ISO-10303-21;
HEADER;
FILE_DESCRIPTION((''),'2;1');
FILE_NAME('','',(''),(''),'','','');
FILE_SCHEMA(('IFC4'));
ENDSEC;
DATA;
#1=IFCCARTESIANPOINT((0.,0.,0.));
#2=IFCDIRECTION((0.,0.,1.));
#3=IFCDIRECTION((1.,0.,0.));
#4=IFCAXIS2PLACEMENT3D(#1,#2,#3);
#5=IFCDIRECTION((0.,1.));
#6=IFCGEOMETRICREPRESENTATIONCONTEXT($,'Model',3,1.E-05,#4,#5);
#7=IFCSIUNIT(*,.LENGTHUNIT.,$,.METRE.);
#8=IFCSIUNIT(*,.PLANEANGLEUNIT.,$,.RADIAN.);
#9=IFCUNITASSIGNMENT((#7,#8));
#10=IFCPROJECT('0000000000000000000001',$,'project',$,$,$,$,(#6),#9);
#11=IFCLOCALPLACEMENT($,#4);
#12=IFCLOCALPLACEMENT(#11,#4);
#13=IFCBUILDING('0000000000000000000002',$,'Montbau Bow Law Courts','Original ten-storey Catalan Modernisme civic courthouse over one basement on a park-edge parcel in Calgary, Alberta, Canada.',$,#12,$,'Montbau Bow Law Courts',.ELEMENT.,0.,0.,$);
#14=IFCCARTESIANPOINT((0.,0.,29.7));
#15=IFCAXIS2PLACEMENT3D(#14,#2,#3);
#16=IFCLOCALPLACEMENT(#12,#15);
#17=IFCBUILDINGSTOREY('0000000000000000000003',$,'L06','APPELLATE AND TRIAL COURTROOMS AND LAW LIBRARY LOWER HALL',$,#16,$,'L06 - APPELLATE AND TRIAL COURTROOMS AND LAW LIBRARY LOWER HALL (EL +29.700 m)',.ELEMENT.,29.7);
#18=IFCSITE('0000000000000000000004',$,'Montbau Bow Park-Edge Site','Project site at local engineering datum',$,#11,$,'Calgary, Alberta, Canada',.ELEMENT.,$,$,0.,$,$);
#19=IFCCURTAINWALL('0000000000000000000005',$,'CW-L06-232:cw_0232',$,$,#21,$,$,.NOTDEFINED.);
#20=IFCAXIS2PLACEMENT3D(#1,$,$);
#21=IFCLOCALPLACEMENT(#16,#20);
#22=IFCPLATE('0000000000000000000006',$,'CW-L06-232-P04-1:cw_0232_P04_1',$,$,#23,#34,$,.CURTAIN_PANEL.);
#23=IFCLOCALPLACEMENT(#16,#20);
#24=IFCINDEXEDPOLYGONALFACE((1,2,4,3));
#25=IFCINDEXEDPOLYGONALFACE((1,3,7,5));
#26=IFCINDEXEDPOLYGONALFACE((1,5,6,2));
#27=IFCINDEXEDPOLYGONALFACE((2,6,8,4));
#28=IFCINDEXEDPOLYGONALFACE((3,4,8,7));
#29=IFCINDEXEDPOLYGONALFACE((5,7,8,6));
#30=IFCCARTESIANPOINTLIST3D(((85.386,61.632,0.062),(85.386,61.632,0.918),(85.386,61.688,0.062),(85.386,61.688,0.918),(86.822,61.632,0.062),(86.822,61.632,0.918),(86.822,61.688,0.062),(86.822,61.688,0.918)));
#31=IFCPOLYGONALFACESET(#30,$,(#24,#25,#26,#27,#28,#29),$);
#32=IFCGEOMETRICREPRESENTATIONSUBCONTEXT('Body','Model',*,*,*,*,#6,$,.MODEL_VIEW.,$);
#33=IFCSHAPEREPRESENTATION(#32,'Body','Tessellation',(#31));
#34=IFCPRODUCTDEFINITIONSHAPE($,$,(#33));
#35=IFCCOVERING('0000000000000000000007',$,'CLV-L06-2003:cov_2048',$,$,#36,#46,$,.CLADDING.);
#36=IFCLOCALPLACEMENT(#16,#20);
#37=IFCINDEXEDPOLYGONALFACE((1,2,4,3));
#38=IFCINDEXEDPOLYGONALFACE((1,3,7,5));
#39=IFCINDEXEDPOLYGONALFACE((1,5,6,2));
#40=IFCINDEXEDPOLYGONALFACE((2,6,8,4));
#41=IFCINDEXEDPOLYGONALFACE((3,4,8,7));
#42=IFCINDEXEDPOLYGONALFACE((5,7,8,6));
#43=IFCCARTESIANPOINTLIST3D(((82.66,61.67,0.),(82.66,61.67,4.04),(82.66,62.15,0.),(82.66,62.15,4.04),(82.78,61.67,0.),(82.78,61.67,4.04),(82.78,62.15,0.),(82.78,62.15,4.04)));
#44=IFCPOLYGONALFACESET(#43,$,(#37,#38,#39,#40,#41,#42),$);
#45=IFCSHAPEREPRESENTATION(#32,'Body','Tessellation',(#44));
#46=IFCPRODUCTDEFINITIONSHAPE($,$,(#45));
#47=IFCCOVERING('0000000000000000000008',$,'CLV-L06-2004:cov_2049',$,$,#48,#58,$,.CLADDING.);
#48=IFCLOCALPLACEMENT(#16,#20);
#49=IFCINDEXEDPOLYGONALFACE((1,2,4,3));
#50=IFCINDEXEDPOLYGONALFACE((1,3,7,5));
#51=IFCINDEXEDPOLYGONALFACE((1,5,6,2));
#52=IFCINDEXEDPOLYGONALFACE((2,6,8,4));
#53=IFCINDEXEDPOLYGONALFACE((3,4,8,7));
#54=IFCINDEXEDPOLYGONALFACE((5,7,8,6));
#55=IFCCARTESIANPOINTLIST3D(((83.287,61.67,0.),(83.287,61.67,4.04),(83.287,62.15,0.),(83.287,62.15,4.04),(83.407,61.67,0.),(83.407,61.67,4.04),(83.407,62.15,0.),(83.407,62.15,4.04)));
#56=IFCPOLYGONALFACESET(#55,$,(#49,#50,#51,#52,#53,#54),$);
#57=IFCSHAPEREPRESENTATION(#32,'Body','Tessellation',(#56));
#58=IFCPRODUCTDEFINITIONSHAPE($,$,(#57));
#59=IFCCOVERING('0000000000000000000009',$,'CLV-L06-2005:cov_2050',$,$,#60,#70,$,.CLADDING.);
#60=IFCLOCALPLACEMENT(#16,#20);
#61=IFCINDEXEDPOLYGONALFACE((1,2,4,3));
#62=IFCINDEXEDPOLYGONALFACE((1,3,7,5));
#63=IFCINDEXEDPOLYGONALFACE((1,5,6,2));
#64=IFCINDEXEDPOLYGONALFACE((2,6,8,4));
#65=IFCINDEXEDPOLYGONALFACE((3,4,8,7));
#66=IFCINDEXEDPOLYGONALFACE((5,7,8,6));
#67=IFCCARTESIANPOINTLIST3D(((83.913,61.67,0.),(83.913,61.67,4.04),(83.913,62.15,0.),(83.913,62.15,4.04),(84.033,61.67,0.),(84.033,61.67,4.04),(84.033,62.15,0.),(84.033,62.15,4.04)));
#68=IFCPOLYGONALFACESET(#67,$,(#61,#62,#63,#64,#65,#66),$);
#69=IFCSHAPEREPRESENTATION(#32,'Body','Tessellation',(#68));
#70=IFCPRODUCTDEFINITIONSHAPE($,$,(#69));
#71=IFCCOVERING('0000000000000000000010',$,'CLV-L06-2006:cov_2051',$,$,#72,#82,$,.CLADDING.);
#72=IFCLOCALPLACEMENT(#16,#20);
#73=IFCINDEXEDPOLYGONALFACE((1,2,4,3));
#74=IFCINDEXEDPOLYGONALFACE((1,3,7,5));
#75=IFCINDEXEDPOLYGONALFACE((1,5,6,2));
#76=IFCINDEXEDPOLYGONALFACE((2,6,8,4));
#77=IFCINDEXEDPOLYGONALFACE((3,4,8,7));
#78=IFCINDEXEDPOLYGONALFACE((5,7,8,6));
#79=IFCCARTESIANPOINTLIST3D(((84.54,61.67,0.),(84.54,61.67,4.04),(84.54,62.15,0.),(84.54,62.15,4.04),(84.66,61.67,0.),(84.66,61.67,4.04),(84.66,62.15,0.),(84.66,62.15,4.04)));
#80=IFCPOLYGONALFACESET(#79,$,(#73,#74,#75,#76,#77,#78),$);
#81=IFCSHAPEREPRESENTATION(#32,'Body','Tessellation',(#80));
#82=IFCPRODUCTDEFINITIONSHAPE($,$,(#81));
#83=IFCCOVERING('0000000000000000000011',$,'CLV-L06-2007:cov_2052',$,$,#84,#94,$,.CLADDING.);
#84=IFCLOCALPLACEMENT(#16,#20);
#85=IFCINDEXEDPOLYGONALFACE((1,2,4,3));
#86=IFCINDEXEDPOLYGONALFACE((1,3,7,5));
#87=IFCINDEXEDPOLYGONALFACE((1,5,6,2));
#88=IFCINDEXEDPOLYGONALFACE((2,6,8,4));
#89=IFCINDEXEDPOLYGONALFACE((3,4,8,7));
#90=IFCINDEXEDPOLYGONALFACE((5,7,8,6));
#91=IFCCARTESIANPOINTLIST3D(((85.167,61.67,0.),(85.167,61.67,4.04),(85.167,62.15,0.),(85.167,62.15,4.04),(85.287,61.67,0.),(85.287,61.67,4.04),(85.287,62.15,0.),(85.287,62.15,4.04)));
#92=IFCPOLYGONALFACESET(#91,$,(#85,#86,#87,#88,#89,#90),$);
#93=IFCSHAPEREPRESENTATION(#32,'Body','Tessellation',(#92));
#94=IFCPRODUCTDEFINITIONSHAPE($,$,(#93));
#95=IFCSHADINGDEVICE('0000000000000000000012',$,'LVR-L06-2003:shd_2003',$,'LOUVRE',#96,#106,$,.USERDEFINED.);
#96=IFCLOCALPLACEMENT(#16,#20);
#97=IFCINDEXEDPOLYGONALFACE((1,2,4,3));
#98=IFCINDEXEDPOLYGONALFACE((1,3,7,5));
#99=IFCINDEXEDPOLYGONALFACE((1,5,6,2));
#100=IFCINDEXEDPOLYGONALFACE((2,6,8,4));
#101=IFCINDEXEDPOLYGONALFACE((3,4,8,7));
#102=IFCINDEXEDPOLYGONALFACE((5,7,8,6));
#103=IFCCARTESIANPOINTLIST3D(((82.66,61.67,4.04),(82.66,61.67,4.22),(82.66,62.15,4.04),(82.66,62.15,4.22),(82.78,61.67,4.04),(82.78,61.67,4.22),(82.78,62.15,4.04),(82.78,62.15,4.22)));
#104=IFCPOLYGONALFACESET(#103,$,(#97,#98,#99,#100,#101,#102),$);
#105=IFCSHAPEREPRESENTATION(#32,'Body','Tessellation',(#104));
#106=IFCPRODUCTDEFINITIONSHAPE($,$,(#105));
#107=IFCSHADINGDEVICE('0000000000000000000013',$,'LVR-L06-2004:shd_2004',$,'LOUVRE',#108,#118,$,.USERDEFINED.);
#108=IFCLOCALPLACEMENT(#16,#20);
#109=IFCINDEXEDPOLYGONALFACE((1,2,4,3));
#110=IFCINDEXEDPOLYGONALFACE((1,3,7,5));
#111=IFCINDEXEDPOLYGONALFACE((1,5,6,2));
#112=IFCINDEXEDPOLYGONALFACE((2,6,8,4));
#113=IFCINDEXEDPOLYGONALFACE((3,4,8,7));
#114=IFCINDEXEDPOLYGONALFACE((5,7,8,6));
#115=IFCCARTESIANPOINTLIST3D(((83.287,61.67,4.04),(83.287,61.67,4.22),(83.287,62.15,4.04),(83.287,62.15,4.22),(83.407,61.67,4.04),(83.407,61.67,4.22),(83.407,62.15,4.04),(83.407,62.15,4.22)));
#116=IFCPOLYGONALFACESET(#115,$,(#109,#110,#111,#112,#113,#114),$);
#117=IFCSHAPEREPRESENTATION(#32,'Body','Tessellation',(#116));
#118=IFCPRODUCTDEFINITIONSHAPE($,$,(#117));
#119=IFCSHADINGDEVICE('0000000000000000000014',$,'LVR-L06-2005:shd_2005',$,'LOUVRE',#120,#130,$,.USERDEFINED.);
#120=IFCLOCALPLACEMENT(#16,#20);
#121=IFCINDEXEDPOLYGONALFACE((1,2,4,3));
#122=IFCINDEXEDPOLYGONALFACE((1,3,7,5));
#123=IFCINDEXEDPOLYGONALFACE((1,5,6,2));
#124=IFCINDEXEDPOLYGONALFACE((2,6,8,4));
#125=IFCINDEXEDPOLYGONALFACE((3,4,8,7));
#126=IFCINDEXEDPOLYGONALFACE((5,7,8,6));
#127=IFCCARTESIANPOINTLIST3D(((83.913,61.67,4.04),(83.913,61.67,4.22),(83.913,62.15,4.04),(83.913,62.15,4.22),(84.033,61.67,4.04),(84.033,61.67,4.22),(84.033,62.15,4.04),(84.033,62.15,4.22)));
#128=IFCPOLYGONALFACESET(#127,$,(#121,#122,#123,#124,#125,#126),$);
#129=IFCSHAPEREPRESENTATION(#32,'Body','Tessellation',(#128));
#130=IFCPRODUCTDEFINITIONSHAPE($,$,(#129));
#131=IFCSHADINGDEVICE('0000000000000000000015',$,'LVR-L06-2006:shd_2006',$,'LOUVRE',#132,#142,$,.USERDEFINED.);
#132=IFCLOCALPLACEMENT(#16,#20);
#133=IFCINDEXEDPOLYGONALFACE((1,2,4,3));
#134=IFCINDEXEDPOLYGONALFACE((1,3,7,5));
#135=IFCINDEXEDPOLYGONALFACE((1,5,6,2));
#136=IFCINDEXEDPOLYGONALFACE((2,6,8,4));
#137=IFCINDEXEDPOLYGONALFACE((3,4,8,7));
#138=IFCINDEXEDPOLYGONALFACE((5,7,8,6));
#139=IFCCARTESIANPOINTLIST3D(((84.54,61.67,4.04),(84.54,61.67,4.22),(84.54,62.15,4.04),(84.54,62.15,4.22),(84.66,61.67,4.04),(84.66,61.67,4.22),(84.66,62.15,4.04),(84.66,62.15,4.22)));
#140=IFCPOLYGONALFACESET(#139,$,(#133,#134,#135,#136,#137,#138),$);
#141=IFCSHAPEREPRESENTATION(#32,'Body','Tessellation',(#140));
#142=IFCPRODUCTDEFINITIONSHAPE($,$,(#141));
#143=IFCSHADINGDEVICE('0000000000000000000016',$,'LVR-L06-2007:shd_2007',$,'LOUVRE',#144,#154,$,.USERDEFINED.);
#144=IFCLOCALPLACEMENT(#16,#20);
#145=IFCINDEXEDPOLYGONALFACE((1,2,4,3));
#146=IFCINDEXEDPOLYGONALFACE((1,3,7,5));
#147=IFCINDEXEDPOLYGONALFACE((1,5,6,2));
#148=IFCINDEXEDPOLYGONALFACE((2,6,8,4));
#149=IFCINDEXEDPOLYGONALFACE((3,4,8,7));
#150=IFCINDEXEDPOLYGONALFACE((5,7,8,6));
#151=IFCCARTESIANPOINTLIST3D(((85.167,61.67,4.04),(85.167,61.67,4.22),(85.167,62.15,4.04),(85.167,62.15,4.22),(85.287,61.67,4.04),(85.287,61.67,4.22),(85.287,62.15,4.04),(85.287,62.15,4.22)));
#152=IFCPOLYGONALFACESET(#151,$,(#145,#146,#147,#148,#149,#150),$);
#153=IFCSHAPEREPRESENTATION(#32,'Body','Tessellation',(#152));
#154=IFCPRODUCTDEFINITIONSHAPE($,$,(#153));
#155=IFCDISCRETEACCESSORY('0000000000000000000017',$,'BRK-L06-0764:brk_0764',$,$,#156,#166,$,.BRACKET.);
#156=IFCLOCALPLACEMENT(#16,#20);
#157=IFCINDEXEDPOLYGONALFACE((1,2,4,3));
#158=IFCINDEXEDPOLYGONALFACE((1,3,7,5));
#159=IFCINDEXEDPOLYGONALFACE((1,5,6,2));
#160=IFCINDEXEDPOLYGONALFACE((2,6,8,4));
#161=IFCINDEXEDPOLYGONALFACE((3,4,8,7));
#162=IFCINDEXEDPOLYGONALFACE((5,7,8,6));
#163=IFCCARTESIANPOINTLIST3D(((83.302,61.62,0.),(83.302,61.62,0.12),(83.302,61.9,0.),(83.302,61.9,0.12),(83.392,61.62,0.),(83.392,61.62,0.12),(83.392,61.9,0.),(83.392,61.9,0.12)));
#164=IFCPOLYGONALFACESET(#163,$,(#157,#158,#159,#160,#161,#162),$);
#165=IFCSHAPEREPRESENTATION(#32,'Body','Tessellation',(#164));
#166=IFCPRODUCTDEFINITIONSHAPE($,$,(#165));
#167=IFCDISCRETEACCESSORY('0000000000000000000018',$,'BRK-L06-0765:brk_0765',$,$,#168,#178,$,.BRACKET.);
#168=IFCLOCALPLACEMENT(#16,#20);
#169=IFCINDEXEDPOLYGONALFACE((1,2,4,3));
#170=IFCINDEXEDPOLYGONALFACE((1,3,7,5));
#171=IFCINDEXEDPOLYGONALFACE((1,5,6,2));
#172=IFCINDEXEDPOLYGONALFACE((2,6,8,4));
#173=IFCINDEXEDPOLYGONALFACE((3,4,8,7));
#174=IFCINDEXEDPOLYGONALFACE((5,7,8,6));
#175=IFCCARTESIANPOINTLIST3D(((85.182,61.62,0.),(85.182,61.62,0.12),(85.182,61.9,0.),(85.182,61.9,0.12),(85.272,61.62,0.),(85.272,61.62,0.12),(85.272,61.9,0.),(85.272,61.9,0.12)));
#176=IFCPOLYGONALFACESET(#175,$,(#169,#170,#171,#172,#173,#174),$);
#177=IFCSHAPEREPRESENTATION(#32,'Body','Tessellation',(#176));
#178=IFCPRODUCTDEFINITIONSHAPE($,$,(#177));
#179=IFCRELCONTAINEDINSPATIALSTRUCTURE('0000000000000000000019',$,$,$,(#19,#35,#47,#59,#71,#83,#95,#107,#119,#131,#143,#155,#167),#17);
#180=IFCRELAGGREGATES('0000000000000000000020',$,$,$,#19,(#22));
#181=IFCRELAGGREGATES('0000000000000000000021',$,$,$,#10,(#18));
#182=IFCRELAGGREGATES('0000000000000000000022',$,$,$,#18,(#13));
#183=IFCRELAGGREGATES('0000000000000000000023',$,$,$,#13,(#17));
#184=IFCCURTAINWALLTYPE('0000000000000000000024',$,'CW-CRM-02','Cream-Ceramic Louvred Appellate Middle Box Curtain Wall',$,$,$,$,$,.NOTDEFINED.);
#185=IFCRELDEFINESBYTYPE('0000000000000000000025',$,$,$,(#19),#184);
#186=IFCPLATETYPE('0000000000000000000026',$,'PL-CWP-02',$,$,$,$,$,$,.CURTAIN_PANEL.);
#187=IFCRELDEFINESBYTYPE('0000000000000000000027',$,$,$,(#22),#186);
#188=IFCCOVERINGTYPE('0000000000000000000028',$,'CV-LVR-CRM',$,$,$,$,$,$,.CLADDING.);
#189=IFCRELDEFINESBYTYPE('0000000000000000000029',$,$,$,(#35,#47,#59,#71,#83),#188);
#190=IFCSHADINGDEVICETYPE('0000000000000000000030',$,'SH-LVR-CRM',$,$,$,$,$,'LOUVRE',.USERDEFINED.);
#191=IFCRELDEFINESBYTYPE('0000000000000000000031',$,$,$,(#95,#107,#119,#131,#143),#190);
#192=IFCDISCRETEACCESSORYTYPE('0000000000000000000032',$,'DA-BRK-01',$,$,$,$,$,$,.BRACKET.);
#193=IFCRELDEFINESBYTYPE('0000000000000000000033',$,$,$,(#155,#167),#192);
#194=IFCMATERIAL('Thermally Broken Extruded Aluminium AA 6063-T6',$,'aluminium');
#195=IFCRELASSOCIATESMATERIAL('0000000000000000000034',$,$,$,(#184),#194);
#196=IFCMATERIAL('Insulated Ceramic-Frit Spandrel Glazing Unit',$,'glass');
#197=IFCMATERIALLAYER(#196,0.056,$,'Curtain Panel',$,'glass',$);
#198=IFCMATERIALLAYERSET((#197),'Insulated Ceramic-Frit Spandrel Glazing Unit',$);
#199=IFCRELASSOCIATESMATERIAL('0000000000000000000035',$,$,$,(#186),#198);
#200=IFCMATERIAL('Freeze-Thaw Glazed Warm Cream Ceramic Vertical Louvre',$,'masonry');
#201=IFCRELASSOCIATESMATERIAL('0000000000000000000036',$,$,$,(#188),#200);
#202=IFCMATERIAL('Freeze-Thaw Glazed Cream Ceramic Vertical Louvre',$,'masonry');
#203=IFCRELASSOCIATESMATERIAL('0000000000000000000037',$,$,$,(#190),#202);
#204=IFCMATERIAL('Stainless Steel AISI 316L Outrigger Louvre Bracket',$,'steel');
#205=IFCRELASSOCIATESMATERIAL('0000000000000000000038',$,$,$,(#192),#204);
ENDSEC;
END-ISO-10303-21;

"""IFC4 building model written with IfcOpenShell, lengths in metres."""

from ifc_helpers import new_model, si_unit, direction, frame, frame_2d, origin_with_axes, origin_2d_with_axis, place, context, subcontext, project, spatial, rectangle, extrude, material, layer, layer_set, type_object, element, aggregate, save


model = new_model("IFC4")

# Units and contexts
model_context = context("Model", 3, precision=1e-05, world=origin_with_axes(), true_north=direction((0.0, 1.0)))
body_context = subcontext(model_context, "Body", "Model", "MODEL_VIEW")
ifc_project = project(units=[si_unit("LENGTHUNIT", "METRE"), si_unit("PLANEANGLEUNIT", "RADIAN")], contexts=[model_context])

# Site, building, storey
site_placement = place(None, origin_with_axes())
site = spatial("IfcSite", under=ifc_project, at=site_placement, Name="Montbau Bow Park-Edge Site", Description="Project site at local engineering datum", LongName="Calgary, Alberta, Canada", CompositionType="ELEMENT", RefElevation=0.0)
building_placement = place(site_placement, origin_with_axes())
building = spatial("IfcBuilding", under=site, at=building_placement, Name="Montbau Bow Law Courts", Description="Original ten-storey Catalan Modernisme civic courthouse over one basement on a park-edge parcel in Calgary, Alberta, Canada.", LongName="Montbau Bow Law Courts", CompositionType="ELEMENT", ElevationOfRefHeight=0.0, ElevationOfTerrain=0.0)
storey_placement = place(building_placement, frame((0.0, 0.0, 29.7), z_axis=(0.0, 0.0, 1.0), x_axis=(1.0, 0.0, 0.0)))
storey = spatial("IfcBuildingStorey", under=building, at=storey_placement, Name="L06", Description="APPELLATE AND TRIAL COURTROOMS AND LAW LIBRARY LOWER HALL", LongName="L06 - APPELLATE AND TRIAL COURTROOMS AND LAW LIBRARY LOWER HALL (EL +29.700 m)", CompositionType="ELEMENT", Elevation=29.7)

# Curtain wall, plate
ifc_material_1 = material(Name="Thermally Broken Extruded Aluminium AA 6063-T6", Category="aluminium")
curtain_wall_type = type_object("IfcCurtainWallType", Name="CW-CRM-02", Description="Cream-Ceramic Louvred Appellate Middle Box Curtain Wall", PredefinedType="NOTDEFINED", material=ifc_material_1)
curtain_wall_placement = place(None, frame((80.84, 61.66, 29.7), z_axis=(0.0, 0.0, 1.0), x_axis=(1.0, 0.0, 0.0)))
curtain_wall = element("IfcCurtainWall", 1, at=curtain_wall_placement, inside=storey, type_object=curtain_wall_type, Name="CW-L06-232:cw_0232", PredefinedType="NOTDEFINED")
ifc_material_2 = material(Name="Insulated Ceramic-Frit Spandrel Glazing Unit", Category="glass")
ifc_layer_1 = layer(ifc_material_2, 0.056, Name="Curtain Panel", Category="glass")
ifc_layer_set_1 = layer_set([ifc_layer_1], Name="Insulated Ceramic-Frit Spandrel Glazing Unit")
plate_type_1 = type_object("IfcPlateType", Name="PL-CWP-02", PredefinedType="CURTAIN_PANEL", material=ifc_layer_set_1)
plate_1_placement = place(None, frame((85.386, 61.66, 29.762), z_axis=(0.0, -1.0, 0.0), x_axis=(1.0, 0.0, 0.0)))
plate_1 = element("IfcPlate", 2, at=plate_1_placement, type_object=plate_type_1, Name="CW-L06-232-P04-1:cw_0232_P04_1", PredefinedType="CURTAIN_PANEL", context=body_context, shape_type="SweptSolid", body=[
    extrude(rectangle(XDim=1.436, YDim=0.856, at=frame_2d((0.718, 0.428), x_axis=(1.0, 0.0))), frame((0.0, 0.0, -0.028), z_axis=(0.0, 0.0, 1.0), x_axis=(1.0, 0.0, 0.0)), (0.0, 0.0, 1.0), 0.056),
])
aggregate(curtain_wall, [plate_1])

# Coverings
ifc_material_3 = material(Name="Freeze-Thaw Glazed Warm Cream Ceramic Vertical Louvre", Category="masonry")
covering_type = type_object("IfcCoveringType", Name="CV-LVR-CRM", PredefinedType="CLADDING", material=ifc_material_3)
for number, where, z_axis, x_axis, name in (
    (3, (82.72, 61.67, 29.7), (1.0, 0.0, 0.0), (0.0, 1.0, 0.0), "CLV-L06-2003:cov_2048"),
    (4, (83.347, 61.67, 29.7), (1.0, 0.0, 0.0), (0.0, 1.0, 0.0), "CLV-L06-2004:cov_2049"),
    (5, (83.973, 61.67, 29.7), (1.0, 0.0, 0.0), (0.0, 1.0, 0.0), "CLV-L06-2005:cov_2050"),
    (6, (84.6, 61.67, 29.7), (1.0, 0.0, 0.0), (0.0, 1.0, 0.0), "CLV-L06-2006:cov_2051"),
    (7, (85.227, 61.67, 29.7), (1.0, 0.0, 0.0), (0.0, 1.0, 0.0), "CLV-L06-2007:cov_2052"),
):
    element("IfcCovering", number, at=place(None, frame(where, z_axis=z_axis, x_axis=x_axis)), inside=storey, type_object=covering_type, Name=name, PredefinedType="CLADDING", context=body_context, shape_type="SweptSolid", body=[
        extrude(rectangle(XDim=0.48, YDim=4.04, at=frame_2d((0.24, 2.02), x_axis=(1.0, 0.0))), frame((0.0, 0.0, -0.06), z_axis=(0.0, 0.0, 1.0), x_axis=(1.0, 0.0, 0.0)), (0.0, 0.0, 1.0), 0.12),
    ])

# Shading devices
ifc_material_4 = material(Name="Freeze-Thaw Glazed Cream Ceramic Vertical Louvre", Category="masonry")
shading_device_type = type_object("IfcShadingDeviceType", Name="SH-LVR-CRM", ElementType="LOUVRE", PredefinedType="USERDEFINED", material=ifc_material_4)
for number, where, z_axis, x_axis, name in (
    (8, (82.72, 61.91, 33.74), (0.0, 0.0, 1.0), (0.0, 1.0, 0.0), "LVR-L06-2003:shd_2003"),
    (9, (83.347, 61.91, 33.74), (0.0, 0.0, 1.0), (0.0, 1.0, 0.0), "LVR-L06-2004:shd_2004"),
    (10, (83.973, 61.91, 33.74), (0.0, 0.0, 1.0), (0.0, 1.0, 0.0), "LVR-L06-2005:shd_2005"),
    (11, (84.6, 61.91, 33.74), (0.0, 0.0, 1.0), (0.0, 1.0, 0.0), "LVR-L06-2006:shd_2006"),
    (12, (85.227, 61.91, 33.74), (0.0, 0.0, 1.0), (0.0, 1.0, 0.0), "LVR-L06-2007:shd_2007"),
):
    element("IfcShadingDevice", number, at=place(None, frame(where, z_axis=z_axis, x_axis=x_axis)), inside=storey, type_object=shading_device_type, Name=name, ObjectType="LOUVRE", PredefinedType="USERDEFINED", context=body_context, shape_type="SweptSolid", body=[
        extrude(rectangle(XDim=0.48, YDim=0.12, at=origin_2d_with_axis()), origin_with_axes(), (0.0, 0.0, 1.0), 0.18),
    ])

# Discrete accessories
ifc_material_5 = material(Name="Stainless Steel AISI 316L Outrigger Louvre Bracket", Category="steel")
discrete_accessory_type = type_object("IfcDiscreteAccessoryType", Name="DA-BRK-01", PredefinedType="BRACKET", material=ifc_material_5)
for number, where, z_axis, x_axis, name in (
    (13, (83.347, 61.76, 29.7), (0.0, 0.0, 1.0), (0.0, 1.0, 0.0), "BRK-L06-0764:brk_0764"),
    (14, (85.227, 61.76, 29.7), (0.0, 0.0, 1.0), (0.0, 1.0, 0.0), "BRK-L06-0765:brk_0765"),
):
    element("IfcDiscreteAccessory", number, at=place(None, frame(where, z_axis=z_axis, x_axis=x_axis)), inside=storey, type_object=discrete_accessory_type, Name=name, PredefinedType="BRACKET", context=body_context, shape_type="SweptSolid", body=[
        extrude(rectangle(XDim=0.28, YDim=0.09, at=origin_2d_with_axis()), origin_with_axes(), (0.0, 0.0, 1.0), 0.12),
    ])

save(model, "model.ifc")
